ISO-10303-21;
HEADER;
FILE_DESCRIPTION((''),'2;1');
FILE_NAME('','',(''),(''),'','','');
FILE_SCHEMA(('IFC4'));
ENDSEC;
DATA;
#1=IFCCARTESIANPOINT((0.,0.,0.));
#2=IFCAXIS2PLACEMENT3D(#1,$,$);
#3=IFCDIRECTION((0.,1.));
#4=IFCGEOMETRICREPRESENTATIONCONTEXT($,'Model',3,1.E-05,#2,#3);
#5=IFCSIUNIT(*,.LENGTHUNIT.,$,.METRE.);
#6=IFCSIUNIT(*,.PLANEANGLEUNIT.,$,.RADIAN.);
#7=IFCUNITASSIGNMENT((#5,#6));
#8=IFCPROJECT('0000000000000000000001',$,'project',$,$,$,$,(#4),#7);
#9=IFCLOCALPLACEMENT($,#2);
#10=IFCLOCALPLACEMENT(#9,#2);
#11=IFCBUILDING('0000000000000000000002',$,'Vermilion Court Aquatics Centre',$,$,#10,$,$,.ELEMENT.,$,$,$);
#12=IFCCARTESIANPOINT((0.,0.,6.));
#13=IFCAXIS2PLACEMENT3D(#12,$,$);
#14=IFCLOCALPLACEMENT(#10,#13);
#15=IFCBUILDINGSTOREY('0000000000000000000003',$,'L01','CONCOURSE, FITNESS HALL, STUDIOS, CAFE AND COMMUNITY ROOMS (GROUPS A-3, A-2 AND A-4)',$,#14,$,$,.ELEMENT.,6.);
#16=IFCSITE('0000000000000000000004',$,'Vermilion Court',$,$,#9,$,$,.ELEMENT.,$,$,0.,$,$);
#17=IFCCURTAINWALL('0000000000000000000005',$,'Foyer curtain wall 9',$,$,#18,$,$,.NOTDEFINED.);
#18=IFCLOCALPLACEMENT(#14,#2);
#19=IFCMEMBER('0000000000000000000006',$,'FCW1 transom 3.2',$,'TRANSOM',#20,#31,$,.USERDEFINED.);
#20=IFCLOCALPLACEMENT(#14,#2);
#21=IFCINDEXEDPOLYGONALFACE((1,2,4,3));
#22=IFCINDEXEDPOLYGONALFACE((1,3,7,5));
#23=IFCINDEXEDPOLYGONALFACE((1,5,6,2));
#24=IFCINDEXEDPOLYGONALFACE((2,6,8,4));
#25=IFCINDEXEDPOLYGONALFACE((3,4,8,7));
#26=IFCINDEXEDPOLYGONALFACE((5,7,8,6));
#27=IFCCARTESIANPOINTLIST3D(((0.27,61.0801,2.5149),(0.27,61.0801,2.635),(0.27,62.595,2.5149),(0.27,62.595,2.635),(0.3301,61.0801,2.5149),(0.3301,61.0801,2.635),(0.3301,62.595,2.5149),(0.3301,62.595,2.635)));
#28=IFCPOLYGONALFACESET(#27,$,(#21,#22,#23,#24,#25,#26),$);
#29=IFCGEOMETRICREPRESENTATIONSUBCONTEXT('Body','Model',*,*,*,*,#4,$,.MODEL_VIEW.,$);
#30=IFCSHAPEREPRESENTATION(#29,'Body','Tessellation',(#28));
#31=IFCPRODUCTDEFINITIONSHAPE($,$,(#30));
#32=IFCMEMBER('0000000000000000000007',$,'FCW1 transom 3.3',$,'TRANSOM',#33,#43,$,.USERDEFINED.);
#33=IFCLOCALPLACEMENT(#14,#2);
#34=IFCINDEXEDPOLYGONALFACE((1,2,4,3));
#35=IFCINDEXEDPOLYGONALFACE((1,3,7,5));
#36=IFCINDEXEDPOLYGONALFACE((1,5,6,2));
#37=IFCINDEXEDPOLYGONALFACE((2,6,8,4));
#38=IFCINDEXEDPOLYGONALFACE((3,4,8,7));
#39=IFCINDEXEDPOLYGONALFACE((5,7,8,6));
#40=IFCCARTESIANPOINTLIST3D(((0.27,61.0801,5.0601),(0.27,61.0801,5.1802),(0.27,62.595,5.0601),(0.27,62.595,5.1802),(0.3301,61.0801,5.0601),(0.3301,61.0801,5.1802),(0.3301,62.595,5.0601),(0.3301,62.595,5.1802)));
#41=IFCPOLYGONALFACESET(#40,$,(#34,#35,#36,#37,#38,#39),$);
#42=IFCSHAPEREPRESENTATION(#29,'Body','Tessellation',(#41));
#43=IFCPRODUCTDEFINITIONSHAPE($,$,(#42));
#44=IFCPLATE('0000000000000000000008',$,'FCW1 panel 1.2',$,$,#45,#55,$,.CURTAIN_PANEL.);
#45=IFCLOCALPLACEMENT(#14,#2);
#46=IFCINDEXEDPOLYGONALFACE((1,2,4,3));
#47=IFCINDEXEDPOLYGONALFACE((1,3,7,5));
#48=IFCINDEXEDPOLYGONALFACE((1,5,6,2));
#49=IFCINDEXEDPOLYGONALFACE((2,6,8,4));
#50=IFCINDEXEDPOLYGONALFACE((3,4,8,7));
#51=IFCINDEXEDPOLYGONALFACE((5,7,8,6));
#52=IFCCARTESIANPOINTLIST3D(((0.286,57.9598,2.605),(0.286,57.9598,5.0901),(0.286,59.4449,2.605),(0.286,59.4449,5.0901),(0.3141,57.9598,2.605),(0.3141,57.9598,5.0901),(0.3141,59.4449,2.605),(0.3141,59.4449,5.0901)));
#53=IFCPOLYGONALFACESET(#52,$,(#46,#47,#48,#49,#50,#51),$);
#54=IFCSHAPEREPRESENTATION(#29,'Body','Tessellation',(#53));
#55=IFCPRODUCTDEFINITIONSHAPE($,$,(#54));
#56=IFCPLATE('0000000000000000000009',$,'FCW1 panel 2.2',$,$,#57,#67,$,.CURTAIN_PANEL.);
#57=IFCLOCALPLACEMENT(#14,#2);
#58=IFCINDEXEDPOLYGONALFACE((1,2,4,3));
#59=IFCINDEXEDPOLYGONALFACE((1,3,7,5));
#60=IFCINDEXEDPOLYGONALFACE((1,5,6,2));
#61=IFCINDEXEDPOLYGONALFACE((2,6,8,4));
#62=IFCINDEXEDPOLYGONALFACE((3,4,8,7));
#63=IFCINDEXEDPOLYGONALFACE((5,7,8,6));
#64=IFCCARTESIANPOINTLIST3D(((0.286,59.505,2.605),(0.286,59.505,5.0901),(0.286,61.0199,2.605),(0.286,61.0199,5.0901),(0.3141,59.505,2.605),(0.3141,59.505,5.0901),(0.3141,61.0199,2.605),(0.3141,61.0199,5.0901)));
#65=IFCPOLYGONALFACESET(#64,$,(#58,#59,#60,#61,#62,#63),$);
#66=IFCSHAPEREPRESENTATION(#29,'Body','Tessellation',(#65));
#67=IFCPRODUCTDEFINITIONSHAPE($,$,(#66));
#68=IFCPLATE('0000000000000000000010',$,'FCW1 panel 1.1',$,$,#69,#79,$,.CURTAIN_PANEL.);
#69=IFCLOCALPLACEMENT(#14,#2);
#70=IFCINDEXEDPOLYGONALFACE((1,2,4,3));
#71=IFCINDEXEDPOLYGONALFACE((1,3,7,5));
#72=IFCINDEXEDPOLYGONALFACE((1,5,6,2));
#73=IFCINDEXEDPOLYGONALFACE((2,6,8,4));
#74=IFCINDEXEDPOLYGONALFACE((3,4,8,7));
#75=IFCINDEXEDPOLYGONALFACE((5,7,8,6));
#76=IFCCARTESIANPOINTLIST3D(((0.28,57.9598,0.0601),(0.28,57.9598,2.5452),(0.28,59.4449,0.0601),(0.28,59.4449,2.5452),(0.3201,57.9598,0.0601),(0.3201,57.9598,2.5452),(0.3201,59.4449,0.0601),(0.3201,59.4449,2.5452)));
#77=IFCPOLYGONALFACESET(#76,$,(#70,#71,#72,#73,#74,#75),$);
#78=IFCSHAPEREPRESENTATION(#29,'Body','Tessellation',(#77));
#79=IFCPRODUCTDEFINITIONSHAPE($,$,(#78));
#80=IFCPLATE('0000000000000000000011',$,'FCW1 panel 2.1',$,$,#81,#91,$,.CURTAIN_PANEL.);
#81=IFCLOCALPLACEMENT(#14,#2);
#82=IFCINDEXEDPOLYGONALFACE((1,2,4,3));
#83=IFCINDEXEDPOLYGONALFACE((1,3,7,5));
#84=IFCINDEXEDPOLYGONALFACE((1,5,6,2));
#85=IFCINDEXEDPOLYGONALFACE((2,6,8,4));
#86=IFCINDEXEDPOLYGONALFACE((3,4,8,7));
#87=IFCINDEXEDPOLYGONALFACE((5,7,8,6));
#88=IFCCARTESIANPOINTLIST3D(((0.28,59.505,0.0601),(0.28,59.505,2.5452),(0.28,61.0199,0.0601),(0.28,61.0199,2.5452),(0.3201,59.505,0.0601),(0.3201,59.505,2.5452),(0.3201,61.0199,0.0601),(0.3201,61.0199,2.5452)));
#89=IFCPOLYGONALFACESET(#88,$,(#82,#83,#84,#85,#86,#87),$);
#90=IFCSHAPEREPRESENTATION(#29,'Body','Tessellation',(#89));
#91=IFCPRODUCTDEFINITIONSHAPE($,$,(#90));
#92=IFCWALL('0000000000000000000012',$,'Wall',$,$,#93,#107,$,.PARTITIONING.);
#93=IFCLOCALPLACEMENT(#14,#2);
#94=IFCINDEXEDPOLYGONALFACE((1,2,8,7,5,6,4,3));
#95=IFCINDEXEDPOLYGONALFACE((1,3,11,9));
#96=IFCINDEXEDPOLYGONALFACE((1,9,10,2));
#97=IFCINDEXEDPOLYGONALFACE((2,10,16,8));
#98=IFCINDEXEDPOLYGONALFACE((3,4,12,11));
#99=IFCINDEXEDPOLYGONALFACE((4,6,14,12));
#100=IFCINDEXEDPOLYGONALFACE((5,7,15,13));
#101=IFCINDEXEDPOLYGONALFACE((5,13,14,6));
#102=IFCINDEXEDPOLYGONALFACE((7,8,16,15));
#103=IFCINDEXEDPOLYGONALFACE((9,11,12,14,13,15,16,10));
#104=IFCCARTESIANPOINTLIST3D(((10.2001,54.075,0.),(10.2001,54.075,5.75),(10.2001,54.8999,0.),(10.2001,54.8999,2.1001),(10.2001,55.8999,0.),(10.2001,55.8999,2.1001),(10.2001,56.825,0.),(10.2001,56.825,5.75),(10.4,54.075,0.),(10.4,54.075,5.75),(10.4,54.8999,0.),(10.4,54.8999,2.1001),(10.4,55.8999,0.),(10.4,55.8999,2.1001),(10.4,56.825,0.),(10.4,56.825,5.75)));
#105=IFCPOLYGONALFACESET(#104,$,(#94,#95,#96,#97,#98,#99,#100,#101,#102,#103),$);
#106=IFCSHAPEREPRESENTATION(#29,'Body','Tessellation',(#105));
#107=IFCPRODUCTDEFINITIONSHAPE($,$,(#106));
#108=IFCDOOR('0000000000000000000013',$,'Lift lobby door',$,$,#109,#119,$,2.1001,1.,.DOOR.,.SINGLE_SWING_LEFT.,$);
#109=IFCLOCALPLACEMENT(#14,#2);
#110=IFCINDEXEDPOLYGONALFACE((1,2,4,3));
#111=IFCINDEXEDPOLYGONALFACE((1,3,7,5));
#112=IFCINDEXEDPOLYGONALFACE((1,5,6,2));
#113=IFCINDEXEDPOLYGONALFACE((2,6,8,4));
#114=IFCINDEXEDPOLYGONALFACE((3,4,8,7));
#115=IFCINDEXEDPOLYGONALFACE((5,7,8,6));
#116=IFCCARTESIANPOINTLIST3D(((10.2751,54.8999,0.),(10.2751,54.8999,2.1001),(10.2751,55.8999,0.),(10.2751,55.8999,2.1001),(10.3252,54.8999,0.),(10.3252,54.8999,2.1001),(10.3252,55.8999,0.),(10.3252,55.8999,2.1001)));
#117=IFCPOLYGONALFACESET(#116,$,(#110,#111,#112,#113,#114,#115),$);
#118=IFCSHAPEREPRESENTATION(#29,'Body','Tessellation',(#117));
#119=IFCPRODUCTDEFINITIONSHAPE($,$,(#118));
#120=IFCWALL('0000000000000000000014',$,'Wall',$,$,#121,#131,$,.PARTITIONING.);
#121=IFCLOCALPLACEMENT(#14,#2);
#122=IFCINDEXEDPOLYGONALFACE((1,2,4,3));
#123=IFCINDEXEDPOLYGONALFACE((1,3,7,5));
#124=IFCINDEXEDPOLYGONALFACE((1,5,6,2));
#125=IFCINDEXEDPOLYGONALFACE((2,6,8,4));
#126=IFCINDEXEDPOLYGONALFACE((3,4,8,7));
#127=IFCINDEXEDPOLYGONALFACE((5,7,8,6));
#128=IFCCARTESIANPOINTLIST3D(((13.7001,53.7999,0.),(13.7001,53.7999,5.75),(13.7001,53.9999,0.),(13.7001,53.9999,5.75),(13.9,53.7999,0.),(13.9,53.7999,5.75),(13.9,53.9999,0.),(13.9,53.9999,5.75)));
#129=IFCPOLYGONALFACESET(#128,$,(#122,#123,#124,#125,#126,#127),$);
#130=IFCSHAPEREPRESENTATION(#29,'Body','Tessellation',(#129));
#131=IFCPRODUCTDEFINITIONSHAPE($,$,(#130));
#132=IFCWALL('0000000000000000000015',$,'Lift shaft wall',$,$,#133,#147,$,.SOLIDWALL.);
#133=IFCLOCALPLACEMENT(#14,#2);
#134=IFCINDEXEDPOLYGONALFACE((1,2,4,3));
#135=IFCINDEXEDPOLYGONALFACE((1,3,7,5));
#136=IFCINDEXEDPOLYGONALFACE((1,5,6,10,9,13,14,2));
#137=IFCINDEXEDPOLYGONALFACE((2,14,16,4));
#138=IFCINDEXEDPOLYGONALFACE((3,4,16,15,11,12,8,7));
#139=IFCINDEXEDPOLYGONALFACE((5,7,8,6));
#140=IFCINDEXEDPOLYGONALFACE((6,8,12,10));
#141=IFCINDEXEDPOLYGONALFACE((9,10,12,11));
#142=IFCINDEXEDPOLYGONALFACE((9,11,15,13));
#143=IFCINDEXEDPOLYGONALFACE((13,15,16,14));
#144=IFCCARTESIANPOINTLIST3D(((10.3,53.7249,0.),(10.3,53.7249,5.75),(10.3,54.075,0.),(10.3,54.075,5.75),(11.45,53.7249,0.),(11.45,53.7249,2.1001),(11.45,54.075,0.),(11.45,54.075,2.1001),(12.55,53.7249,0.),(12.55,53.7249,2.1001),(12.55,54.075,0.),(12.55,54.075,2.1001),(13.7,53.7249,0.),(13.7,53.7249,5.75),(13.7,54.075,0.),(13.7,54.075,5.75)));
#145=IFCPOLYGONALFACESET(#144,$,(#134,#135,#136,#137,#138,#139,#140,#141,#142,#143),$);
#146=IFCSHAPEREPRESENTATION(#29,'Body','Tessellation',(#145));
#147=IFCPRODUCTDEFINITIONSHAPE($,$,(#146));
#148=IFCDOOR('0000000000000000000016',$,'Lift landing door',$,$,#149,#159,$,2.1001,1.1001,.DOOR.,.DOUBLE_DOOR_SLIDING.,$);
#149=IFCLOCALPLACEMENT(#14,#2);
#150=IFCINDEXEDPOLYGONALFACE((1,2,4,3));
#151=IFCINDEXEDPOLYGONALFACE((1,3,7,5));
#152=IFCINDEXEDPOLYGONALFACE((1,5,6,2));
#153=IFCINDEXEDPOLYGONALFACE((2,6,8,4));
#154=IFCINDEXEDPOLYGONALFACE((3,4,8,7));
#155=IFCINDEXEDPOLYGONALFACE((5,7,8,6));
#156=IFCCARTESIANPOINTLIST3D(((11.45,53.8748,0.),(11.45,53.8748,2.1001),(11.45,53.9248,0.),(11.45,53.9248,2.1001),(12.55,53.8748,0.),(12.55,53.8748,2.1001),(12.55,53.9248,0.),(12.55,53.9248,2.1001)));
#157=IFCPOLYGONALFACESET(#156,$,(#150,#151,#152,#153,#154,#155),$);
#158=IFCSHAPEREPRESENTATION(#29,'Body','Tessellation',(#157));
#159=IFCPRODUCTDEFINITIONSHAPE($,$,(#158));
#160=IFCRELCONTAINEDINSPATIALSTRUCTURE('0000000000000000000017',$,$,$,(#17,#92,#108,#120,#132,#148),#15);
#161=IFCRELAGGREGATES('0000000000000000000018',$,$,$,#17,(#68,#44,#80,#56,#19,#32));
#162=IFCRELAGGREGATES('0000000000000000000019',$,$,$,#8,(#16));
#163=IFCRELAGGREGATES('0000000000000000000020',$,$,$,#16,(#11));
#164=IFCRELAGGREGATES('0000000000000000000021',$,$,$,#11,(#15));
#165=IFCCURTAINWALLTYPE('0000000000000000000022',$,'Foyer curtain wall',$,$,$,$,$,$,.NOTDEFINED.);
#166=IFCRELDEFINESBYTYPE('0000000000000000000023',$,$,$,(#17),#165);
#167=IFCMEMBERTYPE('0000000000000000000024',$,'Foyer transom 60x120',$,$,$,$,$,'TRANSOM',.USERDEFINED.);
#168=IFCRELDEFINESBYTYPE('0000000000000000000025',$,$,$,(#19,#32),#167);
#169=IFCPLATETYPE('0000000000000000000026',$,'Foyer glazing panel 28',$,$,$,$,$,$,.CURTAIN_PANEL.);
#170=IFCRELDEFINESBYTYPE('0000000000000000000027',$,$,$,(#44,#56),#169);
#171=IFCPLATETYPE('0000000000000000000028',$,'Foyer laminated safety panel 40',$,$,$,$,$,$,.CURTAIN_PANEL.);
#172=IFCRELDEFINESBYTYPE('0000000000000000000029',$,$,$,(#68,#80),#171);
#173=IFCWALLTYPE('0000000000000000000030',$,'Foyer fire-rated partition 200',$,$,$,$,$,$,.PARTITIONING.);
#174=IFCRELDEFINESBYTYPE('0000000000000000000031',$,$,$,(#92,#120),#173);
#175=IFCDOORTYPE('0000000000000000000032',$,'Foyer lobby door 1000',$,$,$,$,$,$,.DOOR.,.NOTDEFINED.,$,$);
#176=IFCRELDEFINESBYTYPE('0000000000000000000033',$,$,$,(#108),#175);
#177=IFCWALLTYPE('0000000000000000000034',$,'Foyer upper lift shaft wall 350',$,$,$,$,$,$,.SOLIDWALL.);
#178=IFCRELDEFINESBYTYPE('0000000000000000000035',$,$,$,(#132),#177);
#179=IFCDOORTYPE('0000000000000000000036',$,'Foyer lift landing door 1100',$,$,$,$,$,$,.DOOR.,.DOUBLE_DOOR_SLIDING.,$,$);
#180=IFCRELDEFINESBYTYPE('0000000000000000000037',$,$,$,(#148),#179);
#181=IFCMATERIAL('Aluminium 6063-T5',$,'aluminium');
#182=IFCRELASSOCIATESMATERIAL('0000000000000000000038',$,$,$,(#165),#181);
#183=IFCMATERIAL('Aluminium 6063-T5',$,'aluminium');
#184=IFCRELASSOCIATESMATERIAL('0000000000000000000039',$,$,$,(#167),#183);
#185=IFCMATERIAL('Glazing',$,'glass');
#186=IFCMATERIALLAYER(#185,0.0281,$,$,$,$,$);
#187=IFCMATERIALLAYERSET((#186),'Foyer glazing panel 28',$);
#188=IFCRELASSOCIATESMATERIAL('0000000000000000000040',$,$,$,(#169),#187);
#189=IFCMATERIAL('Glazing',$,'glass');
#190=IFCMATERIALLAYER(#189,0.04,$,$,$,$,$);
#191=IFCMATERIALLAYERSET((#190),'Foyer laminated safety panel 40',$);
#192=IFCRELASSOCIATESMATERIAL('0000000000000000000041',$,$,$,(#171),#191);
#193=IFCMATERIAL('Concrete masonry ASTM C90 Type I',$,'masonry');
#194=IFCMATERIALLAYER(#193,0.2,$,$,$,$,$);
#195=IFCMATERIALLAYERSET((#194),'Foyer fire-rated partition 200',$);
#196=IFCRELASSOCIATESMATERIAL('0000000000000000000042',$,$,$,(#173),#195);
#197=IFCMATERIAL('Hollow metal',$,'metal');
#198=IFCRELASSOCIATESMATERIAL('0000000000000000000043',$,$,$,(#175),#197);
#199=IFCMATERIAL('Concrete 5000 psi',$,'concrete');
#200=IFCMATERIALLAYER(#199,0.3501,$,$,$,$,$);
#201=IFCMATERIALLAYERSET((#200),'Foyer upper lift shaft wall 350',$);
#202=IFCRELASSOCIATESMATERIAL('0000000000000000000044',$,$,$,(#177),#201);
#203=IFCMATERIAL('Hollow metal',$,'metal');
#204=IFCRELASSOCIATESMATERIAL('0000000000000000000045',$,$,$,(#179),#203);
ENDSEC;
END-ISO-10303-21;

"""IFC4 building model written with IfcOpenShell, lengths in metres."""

from ifc_helpers import new_model, si_unit, direction, frame, frame_2d, origin, origin_2d, place, context, subcontext, project, spatial, rectangle, extrude, material, layer, layer_set, material_profile, profile_set, type_object, element, fill, aggregate, save


model = new_model("IFC4")

# Units and contexts
model_context = context("Model", 3, precision=1e-05, world=origin(), true_north=direction((0.0, 1.0)))
body_context = subcontext(model_context, "Body", "Model", "MODEL_VIEW")
ifc_project = project(units=[si_unit("LENGTHUNIT", "METRE"), si_unit("PLANEANGLEUNIT", "RADIAN")], contexts=[model_context])

# Site, building, storey
site_placement = place(None, origin())
site = spatial("IfcSite", under=ifc_project, at=site_placement, Name="Vermilion Court", CompositionType="ELEMENT", RefElevation=0.0)
building_placement = place(site_placement, origin())
building = spatial("IfcBuilding", under=site, at=building_placement, Name="Vermilion Court Aquatics Centre", CompositionType="ELEMENT")
storey_placement = place(building_placement, frame((0.0, 0.0, 6.0)))
storey = spatial("IfcBuildingStorey", under=building, at=storey_placement, Name="L01", Description="CONCOURSE, FITNESS HALL, STUDIOS, CAFE AND COMMUNITY ROOMS (GROUPS A-3, A-2 AND A-4)", CompositionType="ELEMENT", Elevation=6.0)

# Curtain wall
ifc_material_1 = material(Name="Aluminium 6063-T5", Category="aluminium")
curtain_wall_type = type_object("IfcCurtainWallType", Name="Foyer curtain wall", PredefinedType="NOTDEFINED", material=ifc_material_1)
curtain_wall_placement = place(storey_placement, origin())
curtain_wall = element("IfcCurtainWall", 1, at=curtain_wall_placement, inside=storey, type_object=curtain_wall_type, Name="Foyer curtain wall 9", PredefinedType="NOTDEFINED")

# Members
ifc_material_2 = material(Name="Aluminium 6063-T5", Category="aluminium")
ifc_material_profile_1 = material_profile(ifc_material_2, rectangle(XDim=0.0601, YDim=0.1201, at=origin_2d()), Name="Aluminium 60x120")
ifc_profile_set_1 = profile_set([ifc_material_profile_1], Name="Aluminium 6063-T5")
member_type_1 = type_object("IfcMemberType", Name="Foyer transom 60x120", ElementType="TRANSOM", PredefinedType="USERDEFINED", material=ifc_profile_set_1)
member_1_placement = place(storey_placement, frame((0.3, 61.0801, 2.575), z_axis=(0.0, 1.0, 0.0), x_axis=(-1.0, 0.0, 0.0)))
member_1 = element("IfcMember", 2, at=member_1_placement, type_object=member_type_1, Name="FCW1 transom 3.2", ObjectType="TRANSOM", PredefinedType="USERDEFINED", context=body_context, shape_type="SweptSolid", body=[
    extrude(rectangle(XDim=0.0601, YDim=0.1201, at=origin_2d()), origin(), (0.0, 0.0, 1.0), 1.5149),
])
member_2_placement = place(storey_placement, frame((0.3, 61.0801, 5.1201), z_axis=(0.0, 1.0, 0.0), x_axis=(-1.0, 0.0, 0.0)))
member_2 = element("IfcMember", 3, at=member_2_placement, type_object=member_type_1, Name="FCW1 transom 3.3", ObjectType="TRANSOM", PredefinedType="USERDEFINED", context=body_context, shape_type="SweptSolid", body=[
    extrude(rectangle(XDim=0.0601, YDim=0.1201, at=origin_2d()), origin(), (0.0, 0.0, 1.0), 1.5149),
])

# Plates
ifc_material_3 = material(Name="Glazing", Category="glass")
ifc_layer_1 = layer(ifc_material_3, 0.0281)
ifc_layer_set_1 = layer_set([ifc_layer_1], Name="Foyer glazing panel 28")
plate_type_1 = type_object("IfcPlateType", Name="Foyer glazing panel 28", PredefinedType="CURTAIN_PANEL", material=ifc_layer_set_1)
plate_1_placement = place(storey_placement, frame((0.3, 58.7024, 2.605), z_axis=(0.0, 0.0, 1.0), x_axis=(0.0, 1.0, 0.0)))
plate_1 = element("IfcPlate", 4, at=plate_1_placement, type_object=plate_type_1, Name="FCW1 panel 1.2", PredefinedType="CURTAIN_PANEL", context=body_context, shape_type="SweptSolid", body=[
    extrude(rectangle(XDim=1.4851, YDim=0.0281, at=origin_2d()), origin(), (0.0, 0.0, 1.0), 2.4851),
])
plate_2_placement = place(storey_placement, frame((0.3, 60.2625, 2.605), z_axis=(0.0, 0.0, 1.0), x_axis=(0.0, 1.0, 0.0)))
plate_2 = element("IfcPlate", 5, at=plate_2_placement, type_object=plate_type_1, Name="FCW1 panel 2.2", PredefinedType="CURTAIN_PANEL", context=body_context, shape_type="SweptSolid", body=[
    extrude(rectangle(XDim=1.5149, YDim=0.0281, at=origin_2d()), origin(), (0.0, 0.0, 1.0), 2.4851),
])
ifc_material_4 = material(Name="Glazing", Category="glass")
ifc_layer_2 = layer(ifc_material_4, 0.04)
ifc_layer_set_2 = layer_set([ifc_layer_2], Name="Foyer laminated safety panel 40")
plate_type_2 = type_object("IfcPlateType", Name="Foyer laminated safety panel 40", PredefinedType="CURTAIN_PANEL", material=ifc_layer_set_2)
plate_3_placement = place(storey_placement, frame((0.3, 58.7024, 0.0601), z_axis=(0.0, 0.0, 1.0), x_axis=(0.0, 1.0, 0.0)))
plate_3 = element("IfcPlate", 6, at=plate_3_placement, type_object=plate_type_2, Name="FCW1 panel 1.1", PredefinedType="CURTAIN_PANEL", context=body_context, shape_type="SweptSolid", body=[
    extrude(rectangle(XDim=1.4851, YDim=0.04, at=origin_2d()), origin(), (0.0, 0.0, 1.0), 2.4851),
])
plate_4_placement = place(storey_placement, frame((0.3, 60.2625, 0.0601), z_axis=(0.0, 0.0, 1.0), x_axis=(0.0, 1.0, 0.0)))
plate_4 = element("IfcPlate", 7, at=plate_4_placement, type_object=plate_type_2, Name="FCW1 panel 2.1", PredefinedType="CURTAIN_PANEL", context=body_context, shape_type="SweptSolid", body=[
    extrude(rectangle(XDim=1.5149, YDim=0.04, at=origin_2d()), origin(), (0.0, 0.0, 1.0), 2.4851),
])
aggregate(curtain_wall, [plate_3, plate_1, plate_4, plate_2, member_1, member_2])

# Wall, opening, door
ifc_material_5 = material(Name="Concrete masonry ASTM C90 Type I", Category="masonry")
ifc_layer_3 = layer(ifc_material_5, 0.2)
ifc_layer_set_3 = layer_set([ifc_layer_3], Name="Foyer fire-rated partition 200")
wall_type_1 = type_object("IfcWallType", Name="Foyer fire-rated partition 200", PredefinedType="PARTITIONING", material=ifc_layer_set_3)
wall_1_placement = place(storey_placement, frame((10.3, 54.075, 0.0), z_axis=(0.0, 0.0, 1.0), x_axis=(0.0, 1.0, 0.0)))
wall_1 = element("IfcWall", 8, at=wall_1_placement, inside=storey, type_object=wall_type_1, Name="Wall", PredefinedType="PARTITIONING", context=body_context, shape_type="SweptSolid", body=[
    extrude(rectangle(XDim=2.75, YDim=0.2, at=frame_2d((1.375, 0.0))), origin(), (0.0, 0.0, 1.0), 5.75),
])
opening_1_placement = place(wall_1_placement, frame((0.825, 0.0, 0.0)))
opening_1 = element("IfcOpeningElement", 9, at=opening_1_placement, cuts=wall_1, PredefinedType="OPENING", context=body_context, shape_type="SweptSolid", body=[
    extrude(rectangle(XDim=1.0, YDim=2.1001, at=frame_2d((0.5, 1.05))), frame((0.0, 0.1099, 0.0), z_axis=(0.0, -1.0, 0.0), x_axis=(1.0, 0.0, 0.0)), (0.0, 0.0, 1.0), 0.22),
])
ifc_material_6 = material(Name="Hollow metal", Category="metal")
door_type_1 = type_object("IfcDoorType", Name="Foyer lobby door 1000", OperationType="NOTDEFINED", PredefinedType="DOOR", material=ifc_material_6)
door_1_placement = place(opening_1_placement, origin())
door_1 = element("IfcDoor", 10, at=door_1_placement, inside=storey, type_object=door_type_1, Name="Lift lobby door", OperationType="SINGLE_SWING_LEFT", OverallHeight=2.1001, OverallWidth=1.0, PredefinedType="DOOR", context=body_context, shape_type="SweptSolid", body=[
    extrude(rectangle(XDim=1.0, YDim=2.1001, at=frame_2d((0.5, 1.05))), frame((0.0, 0.0249, 0.0), z_axis=(0.0, -1.0, 0.0), x_axis=(1.0, 0.0, 0.0)), (0.0, 0.0, 1.0), 0.05),
])
fill(opening_1, door_1)

# Wall
wall_2_placement = place(storey_placement, frame((13.7, 53.8999, 0.0), z_axis=(0.0, 0.0, 1.0), x_axis=(1.0, 0.0, 0.0)))
element("IfcWall", 11, at=wall_2_placement, inside=storey, type_object=wall_type_1, Name="Wall", PredefinedType="PARTITIONING", context=body_context, shape_type="SweptSolid", body=[
    extrude(rectangle(XDim=0.2, YDim=0.2, at=frame_2d((0.1001, 0.0))), origin(), (0.0, 0.0, 1.0), 5.75),
])

# Wall, opening, door
ifc_material_7 = material(Name="Concrete 5000 psi", Category="concrete")
ifc_layer_4 = layer(ifc_material_7, 0.3501)
ifc_layer_set_4 = layer_set([ifc_layer_4], Name="Foyer upper lift shaft wall 350")
wall_type_2 = type_object("IfcWallType", Name="Foyer upper lift shaft wall 350", PredefinedType="SOLIDWALL", material=ifc_layer_set_4)
wall_3_placement = place(storey_placement, frame((10.3, 53.8999, 0.0), z_axis=(0.0, 0.0, 1.0), x_axis=(1.0, 0.0, 0.0)))
wall_3 = element("IfcWall", 12, at=wall_3_placement, inside=storey, type_object=wall_type_2, Name="Lift shaft wall", PredefinedType="SOLIDWALL", context=body_context, shape_type="SweptSolid", body=[
    extrude(rectangle(XDim=3.3999, YDim=0.3501, at=frame_2d((1.7, 0.0))), origin(), (0.0, 0.0, 1.0), 5.75),
])
opening_2_placement = place(wall_3_placement, frame((1.1499, 0.0, 0.0)))
opening_2 = element("IfcOpeningElement", 13, at=opening_2_placement, cuts=wall_3, PredefinedType="OPENING", context=body_context, shape_type="SweptSolid", body=[
    extrude(rectangle(XDim=1.1001, YDim=2.1001, at=frame_2d((0.55, 1.05))), frame((0.0, 0.1851, 0.0), z_axis=(0.0, -1.0, 0.0), x_axis=(1.0, 0.0, 0.0)), (0.0, 0.0, 1.0), 0.3701),
])
ifc_material_8 = material(Name="Hollow metal", Category="metal")
door_type_2 = type_object("IfcDoorType", Name="Foyer lift landing door 1100", OperationType="DOUBLE_DOOR_SLIDING", PredefinedType="DOOR", material=ifc_material_8)
door_2_placement = place(opening_2_placement, origin())
door_2 = element("IfcDoor", 14, at=door_2_placement, inside=storey, type_object=door_type_2, Name="Lift landing door", OperationType="DOUBLE_DOOR_SLIDING", OverallHeight=2.1001, OverallWidth=1.1001, PredefinedType="DOOR", context=body_context, shape_type="SweptSolid", body=[
    extrude(rectangle(XDim=1.1001, YDim=2.1001, at=frame_2d((0.55, 1.05))), frame((0.0, 0.0249, 0.0), z_axis=(0.0, -1.0, 0.0), x_axis=(1.0, 0.0, 0.0)), (0.0, 0.0, 1.0), 0.05),
])
fill(opening_2, door_2)

save(model, "model.ifc")
